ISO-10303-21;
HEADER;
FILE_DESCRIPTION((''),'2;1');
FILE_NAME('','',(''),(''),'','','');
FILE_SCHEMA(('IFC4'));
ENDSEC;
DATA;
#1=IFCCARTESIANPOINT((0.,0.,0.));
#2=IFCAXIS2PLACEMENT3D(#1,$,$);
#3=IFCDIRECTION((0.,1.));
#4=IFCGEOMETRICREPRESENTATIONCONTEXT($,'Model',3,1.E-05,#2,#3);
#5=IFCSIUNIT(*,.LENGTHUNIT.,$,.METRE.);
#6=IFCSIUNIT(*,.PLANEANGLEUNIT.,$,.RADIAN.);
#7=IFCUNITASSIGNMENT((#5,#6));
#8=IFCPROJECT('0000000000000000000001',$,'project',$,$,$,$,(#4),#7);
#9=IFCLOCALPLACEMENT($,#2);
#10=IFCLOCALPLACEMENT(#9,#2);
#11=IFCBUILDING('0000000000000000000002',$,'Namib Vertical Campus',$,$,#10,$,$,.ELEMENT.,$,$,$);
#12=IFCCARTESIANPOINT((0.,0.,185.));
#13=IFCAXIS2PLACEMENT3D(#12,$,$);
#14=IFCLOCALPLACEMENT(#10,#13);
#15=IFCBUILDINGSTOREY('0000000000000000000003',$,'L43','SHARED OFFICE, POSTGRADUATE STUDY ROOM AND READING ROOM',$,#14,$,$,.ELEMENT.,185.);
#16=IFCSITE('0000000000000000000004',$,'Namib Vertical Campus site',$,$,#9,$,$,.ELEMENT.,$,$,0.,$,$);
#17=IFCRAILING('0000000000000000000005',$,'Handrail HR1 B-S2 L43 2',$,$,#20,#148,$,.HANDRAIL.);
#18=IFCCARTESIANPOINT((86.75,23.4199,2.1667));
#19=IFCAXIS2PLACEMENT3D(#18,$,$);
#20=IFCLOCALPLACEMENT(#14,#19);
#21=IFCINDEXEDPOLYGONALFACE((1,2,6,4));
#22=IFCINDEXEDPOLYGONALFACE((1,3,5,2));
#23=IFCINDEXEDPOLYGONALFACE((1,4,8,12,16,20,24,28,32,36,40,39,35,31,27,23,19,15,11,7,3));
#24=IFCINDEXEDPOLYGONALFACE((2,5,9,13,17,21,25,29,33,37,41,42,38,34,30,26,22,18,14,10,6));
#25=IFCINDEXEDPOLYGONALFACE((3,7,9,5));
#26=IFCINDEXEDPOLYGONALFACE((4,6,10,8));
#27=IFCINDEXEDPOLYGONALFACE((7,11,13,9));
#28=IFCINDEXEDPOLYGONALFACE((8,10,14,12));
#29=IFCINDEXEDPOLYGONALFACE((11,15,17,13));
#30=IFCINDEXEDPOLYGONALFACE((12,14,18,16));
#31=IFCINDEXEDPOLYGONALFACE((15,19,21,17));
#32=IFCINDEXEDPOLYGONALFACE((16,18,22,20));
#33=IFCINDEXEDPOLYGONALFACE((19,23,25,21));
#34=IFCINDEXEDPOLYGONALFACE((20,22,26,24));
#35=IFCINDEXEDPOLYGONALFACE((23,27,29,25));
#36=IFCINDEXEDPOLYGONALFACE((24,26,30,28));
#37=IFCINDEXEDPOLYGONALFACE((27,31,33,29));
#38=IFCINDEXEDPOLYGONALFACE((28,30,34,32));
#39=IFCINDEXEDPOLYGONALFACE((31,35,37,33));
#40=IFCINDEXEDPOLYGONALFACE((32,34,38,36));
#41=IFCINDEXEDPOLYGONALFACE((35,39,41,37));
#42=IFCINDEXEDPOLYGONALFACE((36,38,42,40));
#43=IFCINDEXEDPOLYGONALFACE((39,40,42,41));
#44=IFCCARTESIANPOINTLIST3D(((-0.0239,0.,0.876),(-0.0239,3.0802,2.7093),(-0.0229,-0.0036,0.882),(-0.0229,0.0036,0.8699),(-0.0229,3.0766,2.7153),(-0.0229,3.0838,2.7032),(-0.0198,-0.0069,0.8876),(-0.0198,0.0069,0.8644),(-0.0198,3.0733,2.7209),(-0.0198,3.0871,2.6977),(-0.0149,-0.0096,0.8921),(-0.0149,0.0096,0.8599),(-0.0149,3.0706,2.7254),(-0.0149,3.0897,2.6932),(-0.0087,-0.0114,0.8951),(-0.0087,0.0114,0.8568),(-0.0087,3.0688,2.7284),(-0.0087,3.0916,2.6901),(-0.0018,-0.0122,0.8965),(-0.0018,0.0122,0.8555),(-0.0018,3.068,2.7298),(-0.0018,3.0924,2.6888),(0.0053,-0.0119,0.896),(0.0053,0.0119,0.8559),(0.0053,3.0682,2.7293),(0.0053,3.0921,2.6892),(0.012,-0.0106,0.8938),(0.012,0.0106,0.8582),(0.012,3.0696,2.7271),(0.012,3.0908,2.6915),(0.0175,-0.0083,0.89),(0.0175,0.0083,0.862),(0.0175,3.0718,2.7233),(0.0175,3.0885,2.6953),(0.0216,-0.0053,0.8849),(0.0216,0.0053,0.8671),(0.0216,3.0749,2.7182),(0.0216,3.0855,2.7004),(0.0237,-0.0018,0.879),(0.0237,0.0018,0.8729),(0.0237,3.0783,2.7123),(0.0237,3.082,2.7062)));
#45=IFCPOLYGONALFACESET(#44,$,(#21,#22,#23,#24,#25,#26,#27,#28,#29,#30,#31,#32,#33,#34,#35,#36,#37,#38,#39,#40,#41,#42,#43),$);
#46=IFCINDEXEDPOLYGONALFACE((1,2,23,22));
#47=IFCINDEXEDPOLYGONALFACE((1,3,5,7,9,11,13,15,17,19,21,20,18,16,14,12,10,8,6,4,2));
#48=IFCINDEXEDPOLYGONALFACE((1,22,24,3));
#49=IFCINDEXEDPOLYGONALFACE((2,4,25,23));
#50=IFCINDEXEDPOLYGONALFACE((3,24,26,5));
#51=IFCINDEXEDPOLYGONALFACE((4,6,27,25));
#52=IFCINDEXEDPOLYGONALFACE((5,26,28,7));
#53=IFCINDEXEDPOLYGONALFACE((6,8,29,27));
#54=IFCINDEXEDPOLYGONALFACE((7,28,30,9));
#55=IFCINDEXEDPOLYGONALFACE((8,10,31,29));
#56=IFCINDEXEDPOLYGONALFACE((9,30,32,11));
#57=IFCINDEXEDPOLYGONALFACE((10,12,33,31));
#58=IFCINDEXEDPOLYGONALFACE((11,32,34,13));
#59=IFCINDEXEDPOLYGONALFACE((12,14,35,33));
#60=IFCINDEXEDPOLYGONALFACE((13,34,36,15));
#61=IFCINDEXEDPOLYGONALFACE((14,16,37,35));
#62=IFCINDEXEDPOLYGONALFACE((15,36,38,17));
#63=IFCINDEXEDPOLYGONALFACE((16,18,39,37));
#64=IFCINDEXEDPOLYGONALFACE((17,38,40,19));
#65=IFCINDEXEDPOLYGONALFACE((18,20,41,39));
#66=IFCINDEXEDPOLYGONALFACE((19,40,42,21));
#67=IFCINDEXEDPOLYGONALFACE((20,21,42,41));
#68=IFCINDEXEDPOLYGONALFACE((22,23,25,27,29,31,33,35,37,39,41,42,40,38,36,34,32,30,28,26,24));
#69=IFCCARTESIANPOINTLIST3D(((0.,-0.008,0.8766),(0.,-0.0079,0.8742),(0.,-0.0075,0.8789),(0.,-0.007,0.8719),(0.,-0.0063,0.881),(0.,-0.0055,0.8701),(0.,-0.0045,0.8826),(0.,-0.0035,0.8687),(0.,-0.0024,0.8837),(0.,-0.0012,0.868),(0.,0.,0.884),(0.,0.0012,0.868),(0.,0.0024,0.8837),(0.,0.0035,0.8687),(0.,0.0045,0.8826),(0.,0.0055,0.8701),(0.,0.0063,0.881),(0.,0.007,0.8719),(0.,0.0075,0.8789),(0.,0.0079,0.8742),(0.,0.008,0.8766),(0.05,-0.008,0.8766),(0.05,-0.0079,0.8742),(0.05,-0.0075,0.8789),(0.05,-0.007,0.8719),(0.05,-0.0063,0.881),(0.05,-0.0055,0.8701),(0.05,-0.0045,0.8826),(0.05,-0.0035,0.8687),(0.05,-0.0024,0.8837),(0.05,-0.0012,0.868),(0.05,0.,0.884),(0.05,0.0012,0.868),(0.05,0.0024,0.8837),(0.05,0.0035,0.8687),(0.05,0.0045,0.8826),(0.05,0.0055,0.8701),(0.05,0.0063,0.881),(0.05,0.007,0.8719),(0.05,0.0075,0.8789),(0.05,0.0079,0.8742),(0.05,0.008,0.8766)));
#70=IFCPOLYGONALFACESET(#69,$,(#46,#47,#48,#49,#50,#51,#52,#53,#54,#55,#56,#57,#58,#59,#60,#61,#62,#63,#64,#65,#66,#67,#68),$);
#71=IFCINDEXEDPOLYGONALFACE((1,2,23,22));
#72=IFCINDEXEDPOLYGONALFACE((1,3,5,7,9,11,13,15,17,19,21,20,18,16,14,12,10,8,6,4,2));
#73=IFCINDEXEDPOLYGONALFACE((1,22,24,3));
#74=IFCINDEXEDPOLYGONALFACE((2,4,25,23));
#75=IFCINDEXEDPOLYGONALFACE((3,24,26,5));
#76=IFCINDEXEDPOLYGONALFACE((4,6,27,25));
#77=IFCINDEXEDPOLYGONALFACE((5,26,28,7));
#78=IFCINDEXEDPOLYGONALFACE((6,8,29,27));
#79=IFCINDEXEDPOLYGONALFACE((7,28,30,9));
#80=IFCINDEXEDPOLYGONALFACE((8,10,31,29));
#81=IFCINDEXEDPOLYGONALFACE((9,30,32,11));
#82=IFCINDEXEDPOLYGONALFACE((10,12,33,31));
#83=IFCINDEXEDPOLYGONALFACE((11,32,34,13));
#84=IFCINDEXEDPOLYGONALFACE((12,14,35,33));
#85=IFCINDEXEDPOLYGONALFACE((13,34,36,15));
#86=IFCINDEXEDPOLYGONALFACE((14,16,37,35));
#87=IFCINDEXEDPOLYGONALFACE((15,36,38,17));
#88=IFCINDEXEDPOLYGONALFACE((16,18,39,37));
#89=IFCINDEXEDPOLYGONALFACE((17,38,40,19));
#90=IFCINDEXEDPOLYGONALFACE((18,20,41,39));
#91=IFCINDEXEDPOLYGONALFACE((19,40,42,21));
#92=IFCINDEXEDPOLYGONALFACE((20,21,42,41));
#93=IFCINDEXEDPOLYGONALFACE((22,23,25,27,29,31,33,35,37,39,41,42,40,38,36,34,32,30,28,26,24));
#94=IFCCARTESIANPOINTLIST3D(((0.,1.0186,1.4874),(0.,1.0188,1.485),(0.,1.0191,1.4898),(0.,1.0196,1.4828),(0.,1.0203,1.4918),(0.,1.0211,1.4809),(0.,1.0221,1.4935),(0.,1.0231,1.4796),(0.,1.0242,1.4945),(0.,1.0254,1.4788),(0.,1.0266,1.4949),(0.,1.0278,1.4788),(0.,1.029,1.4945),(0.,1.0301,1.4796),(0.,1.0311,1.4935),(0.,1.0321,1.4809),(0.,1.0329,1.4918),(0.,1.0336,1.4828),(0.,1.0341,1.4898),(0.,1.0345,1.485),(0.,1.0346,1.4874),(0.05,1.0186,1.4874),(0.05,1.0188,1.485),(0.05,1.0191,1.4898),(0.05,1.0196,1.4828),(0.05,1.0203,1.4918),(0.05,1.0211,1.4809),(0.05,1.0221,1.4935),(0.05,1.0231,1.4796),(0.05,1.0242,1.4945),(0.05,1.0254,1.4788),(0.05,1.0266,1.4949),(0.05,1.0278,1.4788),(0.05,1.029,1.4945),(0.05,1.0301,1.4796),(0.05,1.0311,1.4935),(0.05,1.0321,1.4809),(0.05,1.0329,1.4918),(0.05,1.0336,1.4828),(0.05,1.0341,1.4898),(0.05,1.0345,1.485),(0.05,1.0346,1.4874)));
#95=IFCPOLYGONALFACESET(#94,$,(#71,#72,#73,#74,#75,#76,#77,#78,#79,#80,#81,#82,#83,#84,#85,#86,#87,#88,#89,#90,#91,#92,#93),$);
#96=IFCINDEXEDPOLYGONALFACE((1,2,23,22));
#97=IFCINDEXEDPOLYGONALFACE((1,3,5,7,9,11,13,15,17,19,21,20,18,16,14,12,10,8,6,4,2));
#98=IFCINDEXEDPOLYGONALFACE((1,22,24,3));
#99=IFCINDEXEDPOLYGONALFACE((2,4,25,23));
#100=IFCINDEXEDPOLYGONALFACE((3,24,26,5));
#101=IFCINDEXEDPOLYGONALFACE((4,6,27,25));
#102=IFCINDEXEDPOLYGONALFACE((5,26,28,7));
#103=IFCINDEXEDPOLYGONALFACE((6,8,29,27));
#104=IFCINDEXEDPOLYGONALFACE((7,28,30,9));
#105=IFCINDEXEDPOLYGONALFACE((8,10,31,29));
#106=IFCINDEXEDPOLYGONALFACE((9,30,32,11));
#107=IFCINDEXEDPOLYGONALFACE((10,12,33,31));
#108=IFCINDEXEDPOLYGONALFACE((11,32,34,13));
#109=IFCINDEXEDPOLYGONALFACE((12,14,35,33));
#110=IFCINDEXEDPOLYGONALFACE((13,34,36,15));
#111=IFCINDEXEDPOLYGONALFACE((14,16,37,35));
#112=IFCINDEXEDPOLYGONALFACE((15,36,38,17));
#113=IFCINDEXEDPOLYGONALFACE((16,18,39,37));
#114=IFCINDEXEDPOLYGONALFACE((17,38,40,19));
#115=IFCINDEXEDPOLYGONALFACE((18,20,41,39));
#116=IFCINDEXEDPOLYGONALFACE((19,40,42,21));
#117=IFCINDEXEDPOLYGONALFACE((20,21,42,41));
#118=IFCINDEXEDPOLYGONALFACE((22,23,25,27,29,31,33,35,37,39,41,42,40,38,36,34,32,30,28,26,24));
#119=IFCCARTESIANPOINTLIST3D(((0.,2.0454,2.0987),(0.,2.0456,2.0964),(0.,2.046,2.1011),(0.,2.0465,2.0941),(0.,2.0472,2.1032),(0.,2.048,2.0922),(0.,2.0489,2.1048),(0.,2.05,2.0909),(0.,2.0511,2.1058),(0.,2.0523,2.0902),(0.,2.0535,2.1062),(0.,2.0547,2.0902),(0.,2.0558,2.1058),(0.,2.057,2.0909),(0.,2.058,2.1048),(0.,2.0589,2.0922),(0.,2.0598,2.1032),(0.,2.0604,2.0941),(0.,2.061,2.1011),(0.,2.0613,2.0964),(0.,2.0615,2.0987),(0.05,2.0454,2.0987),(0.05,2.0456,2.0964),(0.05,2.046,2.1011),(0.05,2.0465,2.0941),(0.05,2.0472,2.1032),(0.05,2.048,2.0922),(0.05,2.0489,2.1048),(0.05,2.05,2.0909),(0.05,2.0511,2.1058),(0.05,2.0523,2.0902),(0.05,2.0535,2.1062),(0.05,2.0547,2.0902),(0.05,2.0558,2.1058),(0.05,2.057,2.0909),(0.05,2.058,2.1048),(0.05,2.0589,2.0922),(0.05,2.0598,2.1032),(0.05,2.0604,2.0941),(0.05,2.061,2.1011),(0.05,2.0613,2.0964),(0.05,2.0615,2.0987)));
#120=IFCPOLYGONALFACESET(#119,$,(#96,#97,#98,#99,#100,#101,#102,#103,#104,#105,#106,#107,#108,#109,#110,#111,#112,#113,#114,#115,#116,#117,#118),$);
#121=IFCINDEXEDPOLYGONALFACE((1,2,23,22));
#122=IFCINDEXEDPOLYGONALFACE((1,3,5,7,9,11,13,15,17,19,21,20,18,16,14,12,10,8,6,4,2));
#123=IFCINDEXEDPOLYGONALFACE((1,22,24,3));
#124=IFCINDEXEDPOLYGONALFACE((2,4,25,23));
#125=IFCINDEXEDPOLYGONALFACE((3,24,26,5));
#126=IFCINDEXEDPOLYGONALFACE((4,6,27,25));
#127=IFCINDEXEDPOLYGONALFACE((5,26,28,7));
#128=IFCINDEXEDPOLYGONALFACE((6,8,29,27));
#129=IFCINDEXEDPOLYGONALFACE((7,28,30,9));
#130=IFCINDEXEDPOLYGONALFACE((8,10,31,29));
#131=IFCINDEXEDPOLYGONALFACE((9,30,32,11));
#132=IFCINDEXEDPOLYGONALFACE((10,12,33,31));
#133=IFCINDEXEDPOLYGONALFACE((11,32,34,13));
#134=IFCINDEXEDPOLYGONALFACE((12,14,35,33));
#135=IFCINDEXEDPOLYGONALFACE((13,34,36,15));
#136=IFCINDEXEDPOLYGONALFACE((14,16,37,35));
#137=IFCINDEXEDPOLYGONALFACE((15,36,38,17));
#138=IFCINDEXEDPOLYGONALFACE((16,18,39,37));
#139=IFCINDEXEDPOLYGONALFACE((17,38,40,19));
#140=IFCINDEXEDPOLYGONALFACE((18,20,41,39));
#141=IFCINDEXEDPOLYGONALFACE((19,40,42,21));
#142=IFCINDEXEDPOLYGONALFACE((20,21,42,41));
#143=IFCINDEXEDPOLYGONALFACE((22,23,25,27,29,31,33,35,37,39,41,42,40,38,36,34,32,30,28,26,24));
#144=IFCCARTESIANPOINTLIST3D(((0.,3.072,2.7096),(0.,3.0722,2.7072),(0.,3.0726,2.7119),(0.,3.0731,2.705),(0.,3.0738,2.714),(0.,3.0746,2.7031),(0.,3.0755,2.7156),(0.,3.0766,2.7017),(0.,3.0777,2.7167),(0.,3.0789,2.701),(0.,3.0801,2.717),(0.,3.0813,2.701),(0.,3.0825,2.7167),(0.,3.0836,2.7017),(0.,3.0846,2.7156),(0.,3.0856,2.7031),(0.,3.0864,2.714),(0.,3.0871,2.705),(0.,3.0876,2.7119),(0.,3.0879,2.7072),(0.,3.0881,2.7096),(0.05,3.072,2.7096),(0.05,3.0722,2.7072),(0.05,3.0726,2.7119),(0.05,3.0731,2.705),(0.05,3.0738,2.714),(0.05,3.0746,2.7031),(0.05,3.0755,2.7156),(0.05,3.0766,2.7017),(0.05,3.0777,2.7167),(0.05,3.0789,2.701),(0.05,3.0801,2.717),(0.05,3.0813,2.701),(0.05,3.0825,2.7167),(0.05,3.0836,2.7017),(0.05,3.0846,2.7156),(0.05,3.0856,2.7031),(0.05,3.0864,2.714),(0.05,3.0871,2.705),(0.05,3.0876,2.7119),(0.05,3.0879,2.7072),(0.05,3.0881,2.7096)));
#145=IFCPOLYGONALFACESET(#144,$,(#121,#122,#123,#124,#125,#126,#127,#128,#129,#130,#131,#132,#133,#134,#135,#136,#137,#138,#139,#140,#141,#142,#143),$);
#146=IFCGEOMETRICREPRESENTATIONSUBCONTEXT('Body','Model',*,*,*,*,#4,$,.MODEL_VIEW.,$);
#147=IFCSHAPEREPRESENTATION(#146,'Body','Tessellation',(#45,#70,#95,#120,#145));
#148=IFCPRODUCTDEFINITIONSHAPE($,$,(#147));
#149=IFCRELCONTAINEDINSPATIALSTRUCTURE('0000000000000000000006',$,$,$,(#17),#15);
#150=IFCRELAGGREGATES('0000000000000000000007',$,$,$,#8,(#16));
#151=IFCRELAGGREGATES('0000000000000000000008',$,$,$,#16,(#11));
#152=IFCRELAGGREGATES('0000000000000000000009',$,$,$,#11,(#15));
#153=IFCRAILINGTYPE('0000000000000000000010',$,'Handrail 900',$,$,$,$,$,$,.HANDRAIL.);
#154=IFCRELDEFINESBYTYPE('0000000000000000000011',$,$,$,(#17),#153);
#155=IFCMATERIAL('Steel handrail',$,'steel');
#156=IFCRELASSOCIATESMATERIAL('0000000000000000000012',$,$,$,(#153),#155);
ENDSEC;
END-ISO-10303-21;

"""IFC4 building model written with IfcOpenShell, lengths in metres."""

from ifc_helpers import new_model, si_unit, direction, frame, origin, origin_2d, place, context, subcontext, project, spatial, circle, extrude, material, type_object, element, save


model = new_model("IFC4")

# Units and contexts
model_context = context("Model", 3, precision=1e-05, world=origin(), true_north=direction((0.0, 1.0)))
body_context = subcontext(model_context, "Body", "Model", "MODEL_VIEW")
ifc_project = project(units=[si_unit("LENGTHUNIT", "METRE"), si_unit("PLANEANGLEUNIT", "RADIAN")], contexts=[model_context])

# Site, building, storey
site_placement = place(None, origin())
site = spatial("IfcSite", under=ifc_project, at=site_placement, Name="Namib Vertical Campus site", CompositionType="ELEMENT", RefElevation=0.0)
building_placement = place(site_placement, origin())
building = spatial("IfcBuilding", under=site, at=building_placement, Name="Namib Vertical Campus", CompositionType="ELEMENT")
storey_placement = place(building_placement, frame((0.0, 0.0, 185.0)))
storey = spatial("IfcBuildingStorey", under=building, at=storey_placement, Name="L43", Description="SHARED OFFICE, POSTGRADUATE STUDY ROOM AND READING ROOM", CompositionType="ELEMENT", Elevation=185.0)

# Railing
ifc_material_1 = material(Name="Steel handrail", Category="steel")
railing_type = type_object("IfcRailingType", Name="Handrail 900", PredefinedType="HANDRAIL", material=ifc_material_1)
railing_placement = place(storey_placement, frame((86.75, 23.4199, 2.1667)))
element("IfcRailing", 1, at=railing_placement, inside=storey, type_object=railing_type, Name="Handrail HR1 B-S2 L43 2", PredefinedType="HANDRAIL", context=body_context, shape_type="SweptSolid", body=[
    extrude(circle(Radius=0.0239, at=origin_2d()), frame((0.0, 0.0, 0.876), z_axis=(0.0, 0.859309, 0.511458), x_axis=(-1.0, 0.0, 0.0)), (0.0, 0.0, 1.0), 3.5845),
    extrude(circle(Radius=0.0081, at=origin_2d()), frame((0.0, 0.0, 0.876), z_axis=(1.0, 0.0, 0.0), x_axis=(0.0, 0.0, 1.0)), (0.0, 0.0, 1.0), 0.05),
    extrude(circle(Radius=0.0081, at=origin_2d()), frame((0.0, 1.0266, 1.4868), z_axis=(1.0, 0.0, 0.0), x_axis=(0.0, 0.0, 1.0)), (0.0, 0.0, 1.0), 0.05),
    extrude(circle(Radius=0.0081, at=origin_2d()), frame((0.0, 2.0535, 2.0981), z_axis=(1.0, 0.0, 0.0), x_axis=(0.0, 0.0, 1.0)), (0.0, 0.0, 1.0), 0.05),
    extrude(circle(Radius=0.0081, at=origin_2d()), frame((0.0, 3.0801, 2.709), z_axis=(1.0, 0.0, 0.0), x_axis=(0.0, 0.0, 1.0)), (0.0, 0.0, 1.0), 0.05),
])

save(model, "model.ifc")
